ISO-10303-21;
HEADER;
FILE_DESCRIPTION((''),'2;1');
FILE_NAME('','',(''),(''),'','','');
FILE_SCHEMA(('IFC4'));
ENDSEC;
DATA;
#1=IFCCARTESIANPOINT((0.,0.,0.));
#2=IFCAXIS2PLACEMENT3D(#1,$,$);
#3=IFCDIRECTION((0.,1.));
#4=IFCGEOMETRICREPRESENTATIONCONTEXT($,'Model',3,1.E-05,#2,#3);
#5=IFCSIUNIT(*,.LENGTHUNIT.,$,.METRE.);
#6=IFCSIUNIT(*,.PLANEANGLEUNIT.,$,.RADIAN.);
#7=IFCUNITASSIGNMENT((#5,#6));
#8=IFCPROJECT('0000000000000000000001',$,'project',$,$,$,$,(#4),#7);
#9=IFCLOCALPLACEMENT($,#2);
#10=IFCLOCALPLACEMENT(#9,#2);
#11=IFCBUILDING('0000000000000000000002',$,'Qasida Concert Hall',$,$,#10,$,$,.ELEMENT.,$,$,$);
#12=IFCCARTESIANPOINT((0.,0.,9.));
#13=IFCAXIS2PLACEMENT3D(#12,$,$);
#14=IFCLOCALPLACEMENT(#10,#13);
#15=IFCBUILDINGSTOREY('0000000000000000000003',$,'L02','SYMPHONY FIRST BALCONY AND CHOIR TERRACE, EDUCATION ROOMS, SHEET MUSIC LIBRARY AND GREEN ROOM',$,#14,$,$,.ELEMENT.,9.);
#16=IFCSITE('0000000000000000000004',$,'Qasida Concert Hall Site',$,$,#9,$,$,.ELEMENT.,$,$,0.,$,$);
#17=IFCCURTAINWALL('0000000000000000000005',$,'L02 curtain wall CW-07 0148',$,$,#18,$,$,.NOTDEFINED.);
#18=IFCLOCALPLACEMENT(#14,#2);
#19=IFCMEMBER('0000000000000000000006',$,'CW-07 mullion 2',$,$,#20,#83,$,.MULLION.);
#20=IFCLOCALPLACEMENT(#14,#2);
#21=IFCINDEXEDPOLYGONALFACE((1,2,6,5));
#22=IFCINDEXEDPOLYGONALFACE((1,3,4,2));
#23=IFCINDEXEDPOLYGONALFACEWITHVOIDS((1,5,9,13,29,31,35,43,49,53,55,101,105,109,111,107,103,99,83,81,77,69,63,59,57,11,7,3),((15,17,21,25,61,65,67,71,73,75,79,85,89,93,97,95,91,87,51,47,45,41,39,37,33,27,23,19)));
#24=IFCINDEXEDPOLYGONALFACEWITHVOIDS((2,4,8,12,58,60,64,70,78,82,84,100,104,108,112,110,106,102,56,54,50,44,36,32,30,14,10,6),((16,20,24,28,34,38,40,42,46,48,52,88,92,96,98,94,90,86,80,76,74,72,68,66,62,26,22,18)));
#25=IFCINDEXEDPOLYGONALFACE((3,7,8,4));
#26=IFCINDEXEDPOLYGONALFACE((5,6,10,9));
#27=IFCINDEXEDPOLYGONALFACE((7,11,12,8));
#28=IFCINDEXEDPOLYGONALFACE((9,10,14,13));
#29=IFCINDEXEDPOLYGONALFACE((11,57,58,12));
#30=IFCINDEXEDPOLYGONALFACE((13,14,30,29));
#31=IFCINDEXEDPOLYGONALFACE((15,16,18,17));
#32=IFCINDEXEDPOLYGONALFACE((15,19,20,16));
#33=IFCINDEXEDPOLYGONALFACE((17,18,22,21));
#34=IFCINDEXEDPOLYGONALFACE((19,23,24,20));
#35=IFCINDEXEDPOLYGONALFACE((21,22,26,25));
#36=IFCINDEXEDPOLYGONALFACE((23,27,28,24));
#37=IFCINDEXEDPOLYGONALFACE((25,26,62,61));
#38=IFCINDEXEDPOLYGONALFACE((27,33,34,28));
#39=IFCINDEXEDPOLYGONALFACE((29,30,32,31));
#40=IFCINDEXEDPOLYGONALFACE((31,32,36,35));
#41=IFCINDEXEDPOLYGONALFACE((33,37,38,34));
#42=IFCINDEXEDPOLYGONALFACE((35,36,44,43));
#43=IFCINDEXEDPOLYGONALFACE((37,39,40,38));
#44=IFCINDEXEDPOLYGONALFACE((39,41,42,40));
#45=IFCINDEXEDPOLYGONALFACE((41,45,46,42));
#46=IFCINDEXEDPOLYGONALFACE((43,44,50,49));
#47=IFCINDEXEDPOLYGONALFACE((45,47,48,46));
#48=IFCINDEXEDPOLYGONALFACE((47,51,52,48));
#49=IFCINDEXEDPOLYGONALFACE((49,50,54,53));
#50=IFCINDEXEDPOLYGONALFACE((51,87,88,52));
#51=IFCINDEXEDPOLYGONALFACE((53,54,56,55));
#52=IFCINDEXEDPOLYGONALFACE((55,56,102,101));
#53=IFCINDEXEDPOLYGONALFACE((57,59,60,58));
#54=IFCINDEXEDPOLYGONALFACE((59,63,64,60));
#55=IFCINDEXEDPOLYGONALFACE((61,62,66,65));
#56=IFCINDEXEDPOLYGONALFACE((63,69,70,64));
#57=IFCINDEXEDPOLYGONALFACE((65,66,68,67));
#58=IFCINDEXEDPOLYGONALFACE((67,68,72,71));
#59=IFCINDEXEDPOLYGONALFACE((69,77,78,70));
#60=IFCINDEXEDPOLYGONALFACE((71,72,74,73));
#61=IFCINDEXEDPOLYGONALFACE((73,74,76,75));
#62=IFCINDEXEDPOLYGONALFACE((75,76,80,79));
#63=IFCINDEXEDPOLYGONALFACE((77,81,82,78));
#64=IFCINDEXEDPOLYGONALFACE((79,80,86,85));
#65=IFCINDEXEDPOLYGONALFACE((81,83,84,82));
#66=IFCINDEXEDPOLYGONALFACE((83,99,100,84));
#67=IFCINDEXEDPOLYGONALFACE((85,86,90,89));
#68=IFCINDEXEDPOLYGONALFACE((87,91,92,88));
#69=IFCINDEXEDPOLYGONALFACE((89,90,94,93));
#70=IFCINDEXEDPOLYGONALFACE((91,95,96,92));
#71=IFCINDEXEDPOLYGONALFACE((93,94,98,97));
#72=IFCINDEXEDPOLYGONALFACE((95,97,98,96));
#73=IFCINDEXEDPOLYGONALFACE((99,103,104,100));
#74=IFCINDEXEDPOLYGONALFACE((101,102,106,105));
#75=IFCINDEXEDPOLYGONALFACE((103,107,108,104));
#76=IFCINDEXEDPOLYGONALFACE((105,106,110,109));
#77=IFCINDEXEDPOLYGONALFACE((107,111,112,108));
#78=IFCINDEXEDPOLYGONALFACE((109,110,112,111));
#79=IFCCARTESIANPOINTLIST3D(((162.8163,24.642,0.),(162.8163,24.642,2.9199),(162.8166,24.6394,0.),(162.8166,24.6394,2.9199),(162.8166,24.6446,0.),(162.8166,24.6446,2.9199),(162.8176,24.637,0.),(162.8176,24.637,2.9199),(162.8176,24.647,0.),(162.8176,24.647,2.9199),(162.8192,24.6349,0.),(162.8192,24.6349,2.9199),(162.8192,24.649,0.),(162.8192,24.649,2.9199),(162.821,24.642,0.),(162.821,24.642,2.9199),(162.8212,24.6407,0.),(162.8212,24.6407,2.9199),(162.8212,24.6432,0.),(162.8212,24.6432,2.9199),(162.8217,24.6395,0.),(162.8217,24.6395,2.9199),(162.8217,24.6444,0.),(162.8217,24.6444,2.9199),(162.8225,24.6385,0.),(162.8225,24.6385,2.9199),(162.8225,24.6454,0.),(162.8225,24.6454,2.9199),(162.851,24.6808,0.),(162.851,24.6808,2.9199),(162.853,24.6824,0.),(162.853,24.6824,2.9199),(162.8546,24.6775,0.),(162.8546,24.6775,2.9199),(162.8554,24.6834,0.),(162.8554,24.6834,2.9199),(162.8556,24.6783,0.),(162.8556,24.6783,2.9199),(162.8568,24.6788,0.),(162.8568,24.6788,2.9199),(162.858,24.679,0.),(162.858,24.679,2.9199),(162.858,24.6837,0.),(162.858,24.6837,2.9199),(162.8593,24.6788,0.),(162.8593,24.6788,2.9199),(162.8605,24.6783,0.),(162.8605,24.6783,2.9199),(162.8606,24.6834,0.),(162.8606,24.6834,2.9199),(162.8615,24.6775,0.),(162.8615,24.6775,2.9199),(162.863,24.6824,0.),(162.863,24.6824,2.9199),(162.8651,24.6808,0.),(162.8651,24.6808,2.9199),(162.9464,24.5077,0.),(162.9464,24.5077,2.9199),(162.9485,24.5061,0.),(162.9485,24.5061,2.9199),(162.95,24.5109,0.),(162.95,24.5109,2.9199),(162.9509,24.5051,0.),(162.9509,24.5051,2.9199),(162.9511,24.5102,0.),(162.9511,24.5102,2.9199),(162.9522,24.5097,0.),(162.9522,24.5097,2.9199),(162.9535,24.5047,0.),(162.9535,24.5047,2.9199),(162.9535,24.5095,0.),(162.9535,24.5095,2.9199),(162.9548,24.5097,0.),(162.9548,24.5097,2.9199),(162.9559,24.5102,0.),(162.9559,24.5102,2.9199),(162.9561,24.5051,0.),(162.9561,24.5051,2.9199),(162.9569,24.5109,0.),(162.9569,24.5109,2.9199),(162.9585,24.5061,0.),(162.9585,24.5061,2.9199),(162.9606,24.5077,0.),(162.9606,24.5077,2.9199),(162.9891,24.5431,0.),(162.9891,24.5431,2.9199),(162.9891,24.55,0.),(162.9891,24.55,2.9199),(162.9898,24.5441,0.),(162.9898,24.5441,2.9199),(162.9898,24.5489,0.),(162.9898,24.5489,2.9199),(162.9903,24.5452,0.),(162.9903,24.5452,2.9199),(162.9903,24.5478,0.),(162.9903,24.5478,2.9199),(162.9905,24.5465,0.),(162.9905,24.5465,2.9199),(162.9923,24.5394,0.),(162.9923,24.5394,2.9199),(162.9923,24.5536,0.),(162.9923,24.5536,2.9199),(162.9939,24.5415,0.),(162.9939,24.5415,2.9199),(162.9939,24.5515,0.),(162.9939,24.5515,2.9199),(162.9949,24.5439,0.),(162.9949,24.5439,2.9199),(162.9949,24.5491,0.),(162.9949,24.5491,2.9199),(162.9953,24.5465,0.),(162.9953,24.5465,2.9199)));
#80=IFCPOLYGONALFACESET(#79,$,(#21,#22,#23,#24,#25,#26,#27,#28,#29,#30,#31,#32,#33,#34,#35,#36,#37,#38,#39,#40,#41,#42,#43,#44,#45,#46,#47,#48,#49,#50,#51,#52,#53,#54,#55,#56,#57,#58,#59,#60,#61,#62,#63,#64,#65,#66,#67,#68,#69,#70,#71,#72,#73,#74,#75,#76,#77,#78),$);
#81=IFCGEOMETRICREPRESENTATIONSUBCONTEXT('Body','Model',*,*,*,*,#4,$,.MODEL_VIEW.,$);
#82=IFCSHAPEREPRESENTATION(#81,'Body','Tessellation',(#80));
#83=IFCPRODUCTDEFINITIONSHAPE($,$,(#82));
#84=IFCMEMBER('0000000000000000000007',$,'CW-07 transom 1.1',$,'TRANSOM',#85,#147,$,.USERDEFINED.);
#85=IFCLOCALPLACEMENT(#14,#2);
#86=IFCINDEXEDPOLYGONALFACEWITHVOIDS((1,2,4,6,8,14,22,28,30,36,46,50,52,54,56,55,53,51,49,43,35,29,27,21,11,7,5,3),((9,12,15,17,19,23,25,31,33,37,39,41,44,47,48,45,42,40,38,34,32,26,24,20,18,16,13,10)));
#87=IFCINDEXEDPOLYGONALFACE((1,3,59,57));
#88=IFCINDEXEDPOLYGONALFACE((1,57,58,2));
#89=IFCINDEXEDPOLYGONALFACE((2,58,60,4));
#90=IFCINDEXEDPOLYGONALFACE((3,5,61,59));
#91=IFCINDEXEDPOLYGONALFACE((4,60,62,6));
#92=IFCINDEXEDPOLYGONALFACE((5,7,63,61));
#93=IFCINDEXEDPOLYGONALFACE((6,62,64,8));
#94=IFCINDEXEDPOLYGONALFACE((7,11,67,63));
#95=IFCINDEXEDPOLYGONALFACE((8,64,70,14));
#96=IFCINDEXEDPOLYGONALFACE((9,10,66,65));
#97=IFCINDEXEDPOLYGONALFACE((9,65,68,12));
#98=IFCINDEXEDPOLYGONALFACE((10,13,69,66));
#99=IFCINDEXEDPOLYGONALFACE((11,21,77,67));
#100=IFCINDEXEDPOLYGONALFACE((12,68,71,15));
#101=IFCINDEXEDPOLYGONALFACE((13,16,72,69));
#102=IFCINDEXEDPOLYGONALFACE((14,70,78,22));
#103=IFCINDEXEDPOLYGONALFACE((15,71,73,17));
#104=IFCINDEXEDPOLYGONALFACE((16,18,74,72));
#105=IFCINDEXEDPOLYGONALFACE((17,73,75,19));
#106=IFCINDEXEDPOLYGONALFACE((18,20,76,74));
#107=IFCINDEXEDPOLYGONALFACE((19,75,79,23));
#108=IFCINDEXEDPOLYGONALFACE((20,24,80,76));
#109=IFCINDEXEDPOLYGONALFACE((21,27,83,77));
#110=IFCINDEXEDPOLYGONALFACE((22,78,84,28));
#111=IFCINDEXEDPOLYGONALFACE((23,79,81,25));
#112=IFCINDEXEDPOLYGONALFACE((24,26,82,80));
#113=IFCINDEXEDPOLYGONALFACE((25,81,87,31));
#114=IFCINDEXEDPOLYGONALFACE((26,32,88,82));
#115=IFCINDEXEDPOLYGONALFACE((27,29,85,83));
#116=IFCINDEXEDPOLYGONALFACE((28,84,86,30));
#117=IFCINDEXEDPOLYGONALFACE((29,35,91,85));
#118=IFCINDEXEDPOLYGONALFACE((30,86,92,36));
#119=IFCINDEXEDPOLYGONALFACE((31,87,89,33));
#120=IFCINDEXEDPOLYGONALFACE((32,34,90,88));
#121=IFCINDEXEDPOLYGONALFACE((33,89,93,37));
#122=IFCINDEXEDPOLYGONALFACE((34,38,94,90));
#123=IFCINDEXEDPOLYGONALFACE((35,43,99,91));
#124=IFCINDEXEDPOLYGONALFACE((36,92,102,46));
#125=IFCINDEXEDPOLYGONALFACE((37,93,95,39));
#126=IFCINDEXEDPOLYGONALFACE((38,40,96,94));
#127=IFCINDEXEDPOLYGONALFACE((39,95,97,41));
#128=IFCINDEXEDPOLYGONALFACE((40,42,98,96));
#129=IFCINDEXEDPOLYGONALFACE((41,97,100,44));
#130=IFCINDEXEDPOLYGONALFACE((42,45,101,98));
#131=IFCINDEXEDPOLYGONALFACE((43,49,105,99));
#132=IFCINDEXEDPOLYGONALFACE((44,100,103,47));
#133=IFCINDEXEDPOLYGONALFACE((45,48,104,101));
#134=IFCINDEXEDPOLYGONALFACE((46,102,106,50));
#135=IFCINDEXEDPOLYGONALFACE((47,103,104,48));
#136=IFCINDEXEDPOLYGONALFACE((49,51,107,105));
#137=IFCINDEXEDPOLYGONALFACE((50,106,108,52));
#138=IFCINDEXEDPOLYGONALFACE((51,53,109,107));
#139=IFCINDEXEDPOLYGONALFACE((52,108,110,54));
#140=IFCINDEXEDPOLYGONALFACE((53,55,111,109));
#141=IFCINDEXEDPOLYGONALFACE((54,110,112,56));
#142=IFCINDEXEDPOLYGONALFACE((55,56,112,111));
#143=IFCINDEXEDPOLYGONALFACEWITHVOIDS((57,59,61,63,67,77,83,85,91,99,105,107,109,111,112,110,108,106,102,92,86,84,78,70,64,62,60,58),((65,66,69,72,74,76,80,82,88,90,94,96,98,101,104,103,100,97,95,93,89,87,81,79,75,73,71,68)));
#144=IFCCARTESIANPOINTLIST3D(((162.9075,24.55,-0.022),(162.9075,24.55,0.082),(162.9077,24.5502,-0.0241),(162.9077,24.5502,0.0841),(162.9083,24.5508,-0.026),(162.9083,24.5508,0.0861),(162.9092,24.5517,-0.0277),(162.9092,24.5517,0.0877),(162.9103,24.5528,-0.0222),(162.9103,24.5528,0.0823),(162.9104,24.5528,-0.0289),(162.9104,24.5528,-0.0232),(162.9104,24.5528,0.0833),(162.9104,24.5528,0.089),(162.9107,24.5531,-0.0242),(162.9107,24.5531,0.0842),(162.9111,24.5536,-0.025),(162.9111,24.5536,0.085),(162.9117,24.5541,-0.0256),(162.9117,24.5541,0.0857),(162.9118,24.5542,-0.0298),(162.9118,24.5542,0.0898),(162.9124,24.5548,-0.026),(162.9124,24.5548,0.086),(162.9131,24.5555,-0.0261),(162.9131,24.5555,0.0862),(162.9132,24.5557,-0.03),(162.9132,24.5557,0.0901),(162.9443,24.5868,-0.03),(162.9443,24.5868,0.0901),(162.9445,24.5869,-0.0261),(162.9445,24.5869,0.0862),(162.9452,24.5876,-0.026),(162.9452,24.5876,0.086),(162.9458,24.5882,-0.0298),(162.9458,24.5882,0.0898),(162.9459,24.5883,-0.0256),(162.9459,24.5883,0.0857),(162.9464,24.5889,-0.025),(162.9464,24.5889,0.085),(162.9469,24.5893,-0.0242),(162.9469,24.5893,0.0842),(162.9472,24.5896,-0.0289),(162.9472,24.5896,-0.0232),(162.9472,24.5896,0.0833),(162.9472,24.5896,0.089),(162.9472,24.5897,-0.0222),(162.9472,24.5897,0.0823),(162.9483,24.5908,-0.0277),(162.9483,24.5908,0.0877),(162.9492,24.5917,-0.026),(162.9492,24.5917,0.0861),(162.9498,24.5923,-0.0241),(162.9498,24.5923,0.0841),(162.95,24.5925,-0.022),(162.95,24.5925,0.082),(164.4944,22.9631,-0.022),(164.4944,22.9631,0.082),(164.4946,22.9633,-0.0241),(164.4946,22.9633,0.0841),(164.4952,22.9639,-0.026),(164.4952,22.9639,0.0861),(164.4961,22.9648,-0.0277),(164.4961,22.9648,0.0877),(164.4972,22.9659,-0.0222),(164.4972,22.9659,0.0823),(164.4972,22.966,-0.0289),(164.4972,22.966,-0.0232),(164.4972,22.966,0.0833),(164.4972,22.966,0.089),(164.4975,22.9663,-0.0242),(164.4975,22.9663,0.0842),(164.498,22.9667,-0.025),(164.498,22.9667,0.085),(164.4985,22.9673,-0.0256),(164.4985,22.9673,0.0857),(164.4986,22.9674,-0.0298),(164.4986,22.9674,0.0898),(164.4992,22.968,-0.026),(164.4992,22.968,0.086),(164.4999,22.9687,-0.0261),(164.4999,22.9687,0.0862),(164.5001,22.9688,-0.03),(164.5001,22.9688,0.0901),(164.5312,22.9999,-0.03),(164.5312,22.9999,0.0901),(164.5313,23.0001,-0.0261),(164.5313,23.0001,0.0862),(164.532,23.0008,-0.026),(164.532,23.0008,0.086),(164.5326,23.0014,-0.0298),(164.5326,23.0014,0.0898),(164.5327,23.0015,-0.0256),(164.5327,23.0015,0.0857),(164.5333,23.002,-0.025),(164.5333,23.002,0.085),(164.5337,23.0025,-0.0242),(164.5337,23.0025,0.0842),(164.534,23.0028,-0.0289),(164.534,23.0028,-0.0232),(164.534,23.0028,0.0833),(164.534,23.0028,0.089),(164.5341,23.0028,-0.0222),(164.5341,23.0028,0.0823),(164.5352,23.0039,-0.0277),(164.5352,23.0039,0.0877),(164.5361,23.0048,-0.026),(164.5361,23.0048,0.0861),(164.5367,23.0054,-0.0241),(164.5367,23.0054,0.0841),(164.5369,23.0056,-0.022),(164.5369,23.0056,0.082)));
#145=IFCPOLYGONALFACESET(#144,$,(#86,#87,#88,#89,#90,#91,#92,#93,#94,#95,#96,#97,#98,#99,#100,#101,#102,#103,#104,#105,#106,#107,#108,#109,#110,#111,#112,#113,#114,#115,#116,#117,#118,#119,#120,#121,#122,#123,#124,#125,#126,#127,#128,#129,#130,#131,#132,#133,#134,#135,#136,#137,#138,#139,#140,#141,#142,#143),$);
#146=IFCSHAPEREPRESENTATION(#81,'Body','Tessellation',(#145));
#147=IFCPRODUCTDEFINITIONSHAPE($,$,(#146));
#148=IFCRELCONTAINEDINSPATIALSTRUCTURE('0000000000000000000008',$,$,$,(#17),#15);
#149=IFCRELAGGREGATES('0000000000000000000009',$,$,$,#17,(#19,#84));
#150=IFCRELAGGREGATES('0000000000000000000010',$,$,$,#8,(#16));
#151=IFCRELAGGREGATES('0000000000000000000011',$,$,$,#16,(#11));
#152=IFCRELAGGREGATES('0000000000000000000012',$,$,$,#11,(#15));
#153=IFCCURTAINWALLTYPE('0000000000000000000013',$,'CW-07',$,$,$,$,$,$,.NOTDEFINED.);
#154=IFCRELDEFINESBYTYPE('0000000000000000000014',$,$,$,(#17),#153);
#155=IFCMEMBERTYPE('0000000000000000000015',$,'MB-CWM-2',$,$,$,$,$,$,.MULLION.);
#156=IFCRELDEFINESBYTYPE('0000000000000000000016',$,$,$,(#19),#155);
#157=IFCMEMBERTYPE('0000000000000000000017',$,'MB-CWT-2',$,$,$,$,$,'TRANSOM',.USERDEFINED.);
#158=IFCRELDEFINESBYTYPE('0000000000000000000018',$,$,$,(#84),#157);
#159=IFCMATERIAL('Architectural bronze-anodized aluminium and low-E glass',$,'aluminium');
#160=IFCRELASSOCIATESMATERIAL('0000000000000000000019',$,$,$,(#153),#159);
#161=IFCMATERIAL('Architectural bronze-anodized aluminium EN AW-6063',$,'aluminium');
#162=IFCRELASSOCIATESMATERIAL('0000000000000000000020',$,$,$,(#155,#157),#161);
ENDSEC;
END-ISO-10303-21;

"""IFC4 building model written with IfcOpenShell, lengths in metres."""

from ifc_helpers import new_model, si_unit, direction, frame, origin, origin_2d, place, context, subcontext, project, spatial, hollow_rectangle, extrude, material, material_profile, profile_set, type_object, element, aggregate, save


model = new_model("IFC4")

# Units and contexts
model_context = context("Model", 3, precision=1e-05, world=origin(), true_north=direction((0.0, 1.0)))
body_context = subcontext(model_context, "Body", "Model", "MODEL_VIEW")
ifc_project = project(units=[si_unit("LENGTHUNIT", "METRE"), si_unit("PLANEANGLEUNIT", "RADIAN")], contexts=[model_context])

# Site, building, storey
site_placement = place(None, origin())
site = spatial("IfcSite", under=ifc_project, at=site_placement, Name="Qasida Concert Hall Site", CompositionType="ELEMENT", RefElevation=0.0)
building_placement = place(site_placement, origin())
building = spatial("IfcBuilding", under=site, at=building_placement, Name="Qasida Concert Hall", CompositionType="ELEMENT")
storey_placement = place(building_placement, frame((0.0, 0.0, 9.0)))
storey = spatial("IfcBuildingStorey", under=building, at=storey_placement, Name="L02", Description="SYMPHONY FIRST BALCONY AND CHOIR TERRACE, EDUCATION ROOMS, SHEET MUSIC LIBRARY AND GREEN ROOM", CompositionType="ELEMENT", Elevation=9.0)

# Curtain wall, members
ifc_material_1 = material(Name="Architectural bronze-anodized aluminium and low-E glass", Category="aluminium")
curtain_wall_type = type_object("IfcCurtainWallType", Name="CW-07", PredefinedType="NOTDEFINED", material=ifc_material_1)
curtain_wall_placement = place(storey_placement, origin())
curtain_wall = element("IfcCurtainWall", 1, at=curtain_wall_placement, inside=storey, type_object=curtain_wall_type, Name="L02 curtain wall CW-07 0148", PredefinedType="NOTDEFINED")
ifc_material_2 = material(Name="Architectural bronze-anodized aluminium EN AW-6063", Category="aluminium")
ifc_material_profile_1 = material_profile(ifc_material_2, hollow_rectangle(XDim=0.0649, YDim=0.2, WallThickness=0.0049, InnerFilletRadius=0.0049, OuterFilletRadius=0.01, at=origin_2d()), Name="CWM 200x65x5")
ifc_profile_set_1 = profile_set([ifc_material_profile_1], Name="Architectural bronze-anodized aluminium EN AW-6063")
member_type_1 = type_object("IfcMemberType", Name="MB-CWM-2", PredefinedType="MULLION", material=ifc_profile_set_1)
member_1_placement = place(storey_placement, frame((162.9058, 24.5942, 0.0), z_axis=(0.0, 0.0, 1.0), x_axis=(-0.707107, -0.707107, 0.0)))
member_1 = element("IfcMember", 2, at=member_1_placement, type_object=member_type_1, Name="CW-07 mullion 2", PredefinedType="MULLION", context=body_context, shape_type="SweptSolid", body=[
    extrude(hollow_rectangle(XDim=0.0649, YDim=0.2, WallThickness=0.0049, InnerFilletRadius=0.0049, OuterFilletRadius=0.01, at=origin_2d()), origin(), (0.0, 0.0, 1.0), 2.9199),
])
ifc_material_profile_2 = material_profile(ifc_material_2, hollow_rectangle(XDim=0.0601, YDim=0.1201, WallThickness=0.0039, InnerFilletRadius=0.0039, OuterFilletRadius=0.0081, at=origin_2d()), Name="CWT 120x60x4")
ifc_profile_set_2 = profile_set([ifc_material_profile_2], Name="Architectural bronze-anodized aluminium EN AW-6063")
member_type_2 = type_object("IfcMemberType", Name="MB-CWT-2", ElementType="TRANSOM", PredefinedType="USERDEFINED", material=ifc_profile_set_2)
member_2_placement = place(storey_placement, frame((164.5156, 22.9844, 0.03), z_axis=(-0.707107, 0.707107, 0.0), x_axis=(-0.707107, -0.707107, 0.0)))
member_2 = element("IfcMember", 3, at=member_2_placement, type_object=member_type_2, Name="CW-07 transom 1.1", ObjectType="TRANSOM", PredefinedType="USERDEFINED", context=body_context, shape_type="SweptSolid", body=[
    extrude(hollow_rectangle(XDim=0.0601, YDim=0.1201, WallThickness=0.0039, InnerFilletRadius=0.0039, OuterFilletRadius=0.0081, at=origin_2d()), origin(), (0.0, 0.0, 1.0), 2.2441),
])
aggregate(curtain_wall, [member_1, member_2])

save(model, "model.ifc")
